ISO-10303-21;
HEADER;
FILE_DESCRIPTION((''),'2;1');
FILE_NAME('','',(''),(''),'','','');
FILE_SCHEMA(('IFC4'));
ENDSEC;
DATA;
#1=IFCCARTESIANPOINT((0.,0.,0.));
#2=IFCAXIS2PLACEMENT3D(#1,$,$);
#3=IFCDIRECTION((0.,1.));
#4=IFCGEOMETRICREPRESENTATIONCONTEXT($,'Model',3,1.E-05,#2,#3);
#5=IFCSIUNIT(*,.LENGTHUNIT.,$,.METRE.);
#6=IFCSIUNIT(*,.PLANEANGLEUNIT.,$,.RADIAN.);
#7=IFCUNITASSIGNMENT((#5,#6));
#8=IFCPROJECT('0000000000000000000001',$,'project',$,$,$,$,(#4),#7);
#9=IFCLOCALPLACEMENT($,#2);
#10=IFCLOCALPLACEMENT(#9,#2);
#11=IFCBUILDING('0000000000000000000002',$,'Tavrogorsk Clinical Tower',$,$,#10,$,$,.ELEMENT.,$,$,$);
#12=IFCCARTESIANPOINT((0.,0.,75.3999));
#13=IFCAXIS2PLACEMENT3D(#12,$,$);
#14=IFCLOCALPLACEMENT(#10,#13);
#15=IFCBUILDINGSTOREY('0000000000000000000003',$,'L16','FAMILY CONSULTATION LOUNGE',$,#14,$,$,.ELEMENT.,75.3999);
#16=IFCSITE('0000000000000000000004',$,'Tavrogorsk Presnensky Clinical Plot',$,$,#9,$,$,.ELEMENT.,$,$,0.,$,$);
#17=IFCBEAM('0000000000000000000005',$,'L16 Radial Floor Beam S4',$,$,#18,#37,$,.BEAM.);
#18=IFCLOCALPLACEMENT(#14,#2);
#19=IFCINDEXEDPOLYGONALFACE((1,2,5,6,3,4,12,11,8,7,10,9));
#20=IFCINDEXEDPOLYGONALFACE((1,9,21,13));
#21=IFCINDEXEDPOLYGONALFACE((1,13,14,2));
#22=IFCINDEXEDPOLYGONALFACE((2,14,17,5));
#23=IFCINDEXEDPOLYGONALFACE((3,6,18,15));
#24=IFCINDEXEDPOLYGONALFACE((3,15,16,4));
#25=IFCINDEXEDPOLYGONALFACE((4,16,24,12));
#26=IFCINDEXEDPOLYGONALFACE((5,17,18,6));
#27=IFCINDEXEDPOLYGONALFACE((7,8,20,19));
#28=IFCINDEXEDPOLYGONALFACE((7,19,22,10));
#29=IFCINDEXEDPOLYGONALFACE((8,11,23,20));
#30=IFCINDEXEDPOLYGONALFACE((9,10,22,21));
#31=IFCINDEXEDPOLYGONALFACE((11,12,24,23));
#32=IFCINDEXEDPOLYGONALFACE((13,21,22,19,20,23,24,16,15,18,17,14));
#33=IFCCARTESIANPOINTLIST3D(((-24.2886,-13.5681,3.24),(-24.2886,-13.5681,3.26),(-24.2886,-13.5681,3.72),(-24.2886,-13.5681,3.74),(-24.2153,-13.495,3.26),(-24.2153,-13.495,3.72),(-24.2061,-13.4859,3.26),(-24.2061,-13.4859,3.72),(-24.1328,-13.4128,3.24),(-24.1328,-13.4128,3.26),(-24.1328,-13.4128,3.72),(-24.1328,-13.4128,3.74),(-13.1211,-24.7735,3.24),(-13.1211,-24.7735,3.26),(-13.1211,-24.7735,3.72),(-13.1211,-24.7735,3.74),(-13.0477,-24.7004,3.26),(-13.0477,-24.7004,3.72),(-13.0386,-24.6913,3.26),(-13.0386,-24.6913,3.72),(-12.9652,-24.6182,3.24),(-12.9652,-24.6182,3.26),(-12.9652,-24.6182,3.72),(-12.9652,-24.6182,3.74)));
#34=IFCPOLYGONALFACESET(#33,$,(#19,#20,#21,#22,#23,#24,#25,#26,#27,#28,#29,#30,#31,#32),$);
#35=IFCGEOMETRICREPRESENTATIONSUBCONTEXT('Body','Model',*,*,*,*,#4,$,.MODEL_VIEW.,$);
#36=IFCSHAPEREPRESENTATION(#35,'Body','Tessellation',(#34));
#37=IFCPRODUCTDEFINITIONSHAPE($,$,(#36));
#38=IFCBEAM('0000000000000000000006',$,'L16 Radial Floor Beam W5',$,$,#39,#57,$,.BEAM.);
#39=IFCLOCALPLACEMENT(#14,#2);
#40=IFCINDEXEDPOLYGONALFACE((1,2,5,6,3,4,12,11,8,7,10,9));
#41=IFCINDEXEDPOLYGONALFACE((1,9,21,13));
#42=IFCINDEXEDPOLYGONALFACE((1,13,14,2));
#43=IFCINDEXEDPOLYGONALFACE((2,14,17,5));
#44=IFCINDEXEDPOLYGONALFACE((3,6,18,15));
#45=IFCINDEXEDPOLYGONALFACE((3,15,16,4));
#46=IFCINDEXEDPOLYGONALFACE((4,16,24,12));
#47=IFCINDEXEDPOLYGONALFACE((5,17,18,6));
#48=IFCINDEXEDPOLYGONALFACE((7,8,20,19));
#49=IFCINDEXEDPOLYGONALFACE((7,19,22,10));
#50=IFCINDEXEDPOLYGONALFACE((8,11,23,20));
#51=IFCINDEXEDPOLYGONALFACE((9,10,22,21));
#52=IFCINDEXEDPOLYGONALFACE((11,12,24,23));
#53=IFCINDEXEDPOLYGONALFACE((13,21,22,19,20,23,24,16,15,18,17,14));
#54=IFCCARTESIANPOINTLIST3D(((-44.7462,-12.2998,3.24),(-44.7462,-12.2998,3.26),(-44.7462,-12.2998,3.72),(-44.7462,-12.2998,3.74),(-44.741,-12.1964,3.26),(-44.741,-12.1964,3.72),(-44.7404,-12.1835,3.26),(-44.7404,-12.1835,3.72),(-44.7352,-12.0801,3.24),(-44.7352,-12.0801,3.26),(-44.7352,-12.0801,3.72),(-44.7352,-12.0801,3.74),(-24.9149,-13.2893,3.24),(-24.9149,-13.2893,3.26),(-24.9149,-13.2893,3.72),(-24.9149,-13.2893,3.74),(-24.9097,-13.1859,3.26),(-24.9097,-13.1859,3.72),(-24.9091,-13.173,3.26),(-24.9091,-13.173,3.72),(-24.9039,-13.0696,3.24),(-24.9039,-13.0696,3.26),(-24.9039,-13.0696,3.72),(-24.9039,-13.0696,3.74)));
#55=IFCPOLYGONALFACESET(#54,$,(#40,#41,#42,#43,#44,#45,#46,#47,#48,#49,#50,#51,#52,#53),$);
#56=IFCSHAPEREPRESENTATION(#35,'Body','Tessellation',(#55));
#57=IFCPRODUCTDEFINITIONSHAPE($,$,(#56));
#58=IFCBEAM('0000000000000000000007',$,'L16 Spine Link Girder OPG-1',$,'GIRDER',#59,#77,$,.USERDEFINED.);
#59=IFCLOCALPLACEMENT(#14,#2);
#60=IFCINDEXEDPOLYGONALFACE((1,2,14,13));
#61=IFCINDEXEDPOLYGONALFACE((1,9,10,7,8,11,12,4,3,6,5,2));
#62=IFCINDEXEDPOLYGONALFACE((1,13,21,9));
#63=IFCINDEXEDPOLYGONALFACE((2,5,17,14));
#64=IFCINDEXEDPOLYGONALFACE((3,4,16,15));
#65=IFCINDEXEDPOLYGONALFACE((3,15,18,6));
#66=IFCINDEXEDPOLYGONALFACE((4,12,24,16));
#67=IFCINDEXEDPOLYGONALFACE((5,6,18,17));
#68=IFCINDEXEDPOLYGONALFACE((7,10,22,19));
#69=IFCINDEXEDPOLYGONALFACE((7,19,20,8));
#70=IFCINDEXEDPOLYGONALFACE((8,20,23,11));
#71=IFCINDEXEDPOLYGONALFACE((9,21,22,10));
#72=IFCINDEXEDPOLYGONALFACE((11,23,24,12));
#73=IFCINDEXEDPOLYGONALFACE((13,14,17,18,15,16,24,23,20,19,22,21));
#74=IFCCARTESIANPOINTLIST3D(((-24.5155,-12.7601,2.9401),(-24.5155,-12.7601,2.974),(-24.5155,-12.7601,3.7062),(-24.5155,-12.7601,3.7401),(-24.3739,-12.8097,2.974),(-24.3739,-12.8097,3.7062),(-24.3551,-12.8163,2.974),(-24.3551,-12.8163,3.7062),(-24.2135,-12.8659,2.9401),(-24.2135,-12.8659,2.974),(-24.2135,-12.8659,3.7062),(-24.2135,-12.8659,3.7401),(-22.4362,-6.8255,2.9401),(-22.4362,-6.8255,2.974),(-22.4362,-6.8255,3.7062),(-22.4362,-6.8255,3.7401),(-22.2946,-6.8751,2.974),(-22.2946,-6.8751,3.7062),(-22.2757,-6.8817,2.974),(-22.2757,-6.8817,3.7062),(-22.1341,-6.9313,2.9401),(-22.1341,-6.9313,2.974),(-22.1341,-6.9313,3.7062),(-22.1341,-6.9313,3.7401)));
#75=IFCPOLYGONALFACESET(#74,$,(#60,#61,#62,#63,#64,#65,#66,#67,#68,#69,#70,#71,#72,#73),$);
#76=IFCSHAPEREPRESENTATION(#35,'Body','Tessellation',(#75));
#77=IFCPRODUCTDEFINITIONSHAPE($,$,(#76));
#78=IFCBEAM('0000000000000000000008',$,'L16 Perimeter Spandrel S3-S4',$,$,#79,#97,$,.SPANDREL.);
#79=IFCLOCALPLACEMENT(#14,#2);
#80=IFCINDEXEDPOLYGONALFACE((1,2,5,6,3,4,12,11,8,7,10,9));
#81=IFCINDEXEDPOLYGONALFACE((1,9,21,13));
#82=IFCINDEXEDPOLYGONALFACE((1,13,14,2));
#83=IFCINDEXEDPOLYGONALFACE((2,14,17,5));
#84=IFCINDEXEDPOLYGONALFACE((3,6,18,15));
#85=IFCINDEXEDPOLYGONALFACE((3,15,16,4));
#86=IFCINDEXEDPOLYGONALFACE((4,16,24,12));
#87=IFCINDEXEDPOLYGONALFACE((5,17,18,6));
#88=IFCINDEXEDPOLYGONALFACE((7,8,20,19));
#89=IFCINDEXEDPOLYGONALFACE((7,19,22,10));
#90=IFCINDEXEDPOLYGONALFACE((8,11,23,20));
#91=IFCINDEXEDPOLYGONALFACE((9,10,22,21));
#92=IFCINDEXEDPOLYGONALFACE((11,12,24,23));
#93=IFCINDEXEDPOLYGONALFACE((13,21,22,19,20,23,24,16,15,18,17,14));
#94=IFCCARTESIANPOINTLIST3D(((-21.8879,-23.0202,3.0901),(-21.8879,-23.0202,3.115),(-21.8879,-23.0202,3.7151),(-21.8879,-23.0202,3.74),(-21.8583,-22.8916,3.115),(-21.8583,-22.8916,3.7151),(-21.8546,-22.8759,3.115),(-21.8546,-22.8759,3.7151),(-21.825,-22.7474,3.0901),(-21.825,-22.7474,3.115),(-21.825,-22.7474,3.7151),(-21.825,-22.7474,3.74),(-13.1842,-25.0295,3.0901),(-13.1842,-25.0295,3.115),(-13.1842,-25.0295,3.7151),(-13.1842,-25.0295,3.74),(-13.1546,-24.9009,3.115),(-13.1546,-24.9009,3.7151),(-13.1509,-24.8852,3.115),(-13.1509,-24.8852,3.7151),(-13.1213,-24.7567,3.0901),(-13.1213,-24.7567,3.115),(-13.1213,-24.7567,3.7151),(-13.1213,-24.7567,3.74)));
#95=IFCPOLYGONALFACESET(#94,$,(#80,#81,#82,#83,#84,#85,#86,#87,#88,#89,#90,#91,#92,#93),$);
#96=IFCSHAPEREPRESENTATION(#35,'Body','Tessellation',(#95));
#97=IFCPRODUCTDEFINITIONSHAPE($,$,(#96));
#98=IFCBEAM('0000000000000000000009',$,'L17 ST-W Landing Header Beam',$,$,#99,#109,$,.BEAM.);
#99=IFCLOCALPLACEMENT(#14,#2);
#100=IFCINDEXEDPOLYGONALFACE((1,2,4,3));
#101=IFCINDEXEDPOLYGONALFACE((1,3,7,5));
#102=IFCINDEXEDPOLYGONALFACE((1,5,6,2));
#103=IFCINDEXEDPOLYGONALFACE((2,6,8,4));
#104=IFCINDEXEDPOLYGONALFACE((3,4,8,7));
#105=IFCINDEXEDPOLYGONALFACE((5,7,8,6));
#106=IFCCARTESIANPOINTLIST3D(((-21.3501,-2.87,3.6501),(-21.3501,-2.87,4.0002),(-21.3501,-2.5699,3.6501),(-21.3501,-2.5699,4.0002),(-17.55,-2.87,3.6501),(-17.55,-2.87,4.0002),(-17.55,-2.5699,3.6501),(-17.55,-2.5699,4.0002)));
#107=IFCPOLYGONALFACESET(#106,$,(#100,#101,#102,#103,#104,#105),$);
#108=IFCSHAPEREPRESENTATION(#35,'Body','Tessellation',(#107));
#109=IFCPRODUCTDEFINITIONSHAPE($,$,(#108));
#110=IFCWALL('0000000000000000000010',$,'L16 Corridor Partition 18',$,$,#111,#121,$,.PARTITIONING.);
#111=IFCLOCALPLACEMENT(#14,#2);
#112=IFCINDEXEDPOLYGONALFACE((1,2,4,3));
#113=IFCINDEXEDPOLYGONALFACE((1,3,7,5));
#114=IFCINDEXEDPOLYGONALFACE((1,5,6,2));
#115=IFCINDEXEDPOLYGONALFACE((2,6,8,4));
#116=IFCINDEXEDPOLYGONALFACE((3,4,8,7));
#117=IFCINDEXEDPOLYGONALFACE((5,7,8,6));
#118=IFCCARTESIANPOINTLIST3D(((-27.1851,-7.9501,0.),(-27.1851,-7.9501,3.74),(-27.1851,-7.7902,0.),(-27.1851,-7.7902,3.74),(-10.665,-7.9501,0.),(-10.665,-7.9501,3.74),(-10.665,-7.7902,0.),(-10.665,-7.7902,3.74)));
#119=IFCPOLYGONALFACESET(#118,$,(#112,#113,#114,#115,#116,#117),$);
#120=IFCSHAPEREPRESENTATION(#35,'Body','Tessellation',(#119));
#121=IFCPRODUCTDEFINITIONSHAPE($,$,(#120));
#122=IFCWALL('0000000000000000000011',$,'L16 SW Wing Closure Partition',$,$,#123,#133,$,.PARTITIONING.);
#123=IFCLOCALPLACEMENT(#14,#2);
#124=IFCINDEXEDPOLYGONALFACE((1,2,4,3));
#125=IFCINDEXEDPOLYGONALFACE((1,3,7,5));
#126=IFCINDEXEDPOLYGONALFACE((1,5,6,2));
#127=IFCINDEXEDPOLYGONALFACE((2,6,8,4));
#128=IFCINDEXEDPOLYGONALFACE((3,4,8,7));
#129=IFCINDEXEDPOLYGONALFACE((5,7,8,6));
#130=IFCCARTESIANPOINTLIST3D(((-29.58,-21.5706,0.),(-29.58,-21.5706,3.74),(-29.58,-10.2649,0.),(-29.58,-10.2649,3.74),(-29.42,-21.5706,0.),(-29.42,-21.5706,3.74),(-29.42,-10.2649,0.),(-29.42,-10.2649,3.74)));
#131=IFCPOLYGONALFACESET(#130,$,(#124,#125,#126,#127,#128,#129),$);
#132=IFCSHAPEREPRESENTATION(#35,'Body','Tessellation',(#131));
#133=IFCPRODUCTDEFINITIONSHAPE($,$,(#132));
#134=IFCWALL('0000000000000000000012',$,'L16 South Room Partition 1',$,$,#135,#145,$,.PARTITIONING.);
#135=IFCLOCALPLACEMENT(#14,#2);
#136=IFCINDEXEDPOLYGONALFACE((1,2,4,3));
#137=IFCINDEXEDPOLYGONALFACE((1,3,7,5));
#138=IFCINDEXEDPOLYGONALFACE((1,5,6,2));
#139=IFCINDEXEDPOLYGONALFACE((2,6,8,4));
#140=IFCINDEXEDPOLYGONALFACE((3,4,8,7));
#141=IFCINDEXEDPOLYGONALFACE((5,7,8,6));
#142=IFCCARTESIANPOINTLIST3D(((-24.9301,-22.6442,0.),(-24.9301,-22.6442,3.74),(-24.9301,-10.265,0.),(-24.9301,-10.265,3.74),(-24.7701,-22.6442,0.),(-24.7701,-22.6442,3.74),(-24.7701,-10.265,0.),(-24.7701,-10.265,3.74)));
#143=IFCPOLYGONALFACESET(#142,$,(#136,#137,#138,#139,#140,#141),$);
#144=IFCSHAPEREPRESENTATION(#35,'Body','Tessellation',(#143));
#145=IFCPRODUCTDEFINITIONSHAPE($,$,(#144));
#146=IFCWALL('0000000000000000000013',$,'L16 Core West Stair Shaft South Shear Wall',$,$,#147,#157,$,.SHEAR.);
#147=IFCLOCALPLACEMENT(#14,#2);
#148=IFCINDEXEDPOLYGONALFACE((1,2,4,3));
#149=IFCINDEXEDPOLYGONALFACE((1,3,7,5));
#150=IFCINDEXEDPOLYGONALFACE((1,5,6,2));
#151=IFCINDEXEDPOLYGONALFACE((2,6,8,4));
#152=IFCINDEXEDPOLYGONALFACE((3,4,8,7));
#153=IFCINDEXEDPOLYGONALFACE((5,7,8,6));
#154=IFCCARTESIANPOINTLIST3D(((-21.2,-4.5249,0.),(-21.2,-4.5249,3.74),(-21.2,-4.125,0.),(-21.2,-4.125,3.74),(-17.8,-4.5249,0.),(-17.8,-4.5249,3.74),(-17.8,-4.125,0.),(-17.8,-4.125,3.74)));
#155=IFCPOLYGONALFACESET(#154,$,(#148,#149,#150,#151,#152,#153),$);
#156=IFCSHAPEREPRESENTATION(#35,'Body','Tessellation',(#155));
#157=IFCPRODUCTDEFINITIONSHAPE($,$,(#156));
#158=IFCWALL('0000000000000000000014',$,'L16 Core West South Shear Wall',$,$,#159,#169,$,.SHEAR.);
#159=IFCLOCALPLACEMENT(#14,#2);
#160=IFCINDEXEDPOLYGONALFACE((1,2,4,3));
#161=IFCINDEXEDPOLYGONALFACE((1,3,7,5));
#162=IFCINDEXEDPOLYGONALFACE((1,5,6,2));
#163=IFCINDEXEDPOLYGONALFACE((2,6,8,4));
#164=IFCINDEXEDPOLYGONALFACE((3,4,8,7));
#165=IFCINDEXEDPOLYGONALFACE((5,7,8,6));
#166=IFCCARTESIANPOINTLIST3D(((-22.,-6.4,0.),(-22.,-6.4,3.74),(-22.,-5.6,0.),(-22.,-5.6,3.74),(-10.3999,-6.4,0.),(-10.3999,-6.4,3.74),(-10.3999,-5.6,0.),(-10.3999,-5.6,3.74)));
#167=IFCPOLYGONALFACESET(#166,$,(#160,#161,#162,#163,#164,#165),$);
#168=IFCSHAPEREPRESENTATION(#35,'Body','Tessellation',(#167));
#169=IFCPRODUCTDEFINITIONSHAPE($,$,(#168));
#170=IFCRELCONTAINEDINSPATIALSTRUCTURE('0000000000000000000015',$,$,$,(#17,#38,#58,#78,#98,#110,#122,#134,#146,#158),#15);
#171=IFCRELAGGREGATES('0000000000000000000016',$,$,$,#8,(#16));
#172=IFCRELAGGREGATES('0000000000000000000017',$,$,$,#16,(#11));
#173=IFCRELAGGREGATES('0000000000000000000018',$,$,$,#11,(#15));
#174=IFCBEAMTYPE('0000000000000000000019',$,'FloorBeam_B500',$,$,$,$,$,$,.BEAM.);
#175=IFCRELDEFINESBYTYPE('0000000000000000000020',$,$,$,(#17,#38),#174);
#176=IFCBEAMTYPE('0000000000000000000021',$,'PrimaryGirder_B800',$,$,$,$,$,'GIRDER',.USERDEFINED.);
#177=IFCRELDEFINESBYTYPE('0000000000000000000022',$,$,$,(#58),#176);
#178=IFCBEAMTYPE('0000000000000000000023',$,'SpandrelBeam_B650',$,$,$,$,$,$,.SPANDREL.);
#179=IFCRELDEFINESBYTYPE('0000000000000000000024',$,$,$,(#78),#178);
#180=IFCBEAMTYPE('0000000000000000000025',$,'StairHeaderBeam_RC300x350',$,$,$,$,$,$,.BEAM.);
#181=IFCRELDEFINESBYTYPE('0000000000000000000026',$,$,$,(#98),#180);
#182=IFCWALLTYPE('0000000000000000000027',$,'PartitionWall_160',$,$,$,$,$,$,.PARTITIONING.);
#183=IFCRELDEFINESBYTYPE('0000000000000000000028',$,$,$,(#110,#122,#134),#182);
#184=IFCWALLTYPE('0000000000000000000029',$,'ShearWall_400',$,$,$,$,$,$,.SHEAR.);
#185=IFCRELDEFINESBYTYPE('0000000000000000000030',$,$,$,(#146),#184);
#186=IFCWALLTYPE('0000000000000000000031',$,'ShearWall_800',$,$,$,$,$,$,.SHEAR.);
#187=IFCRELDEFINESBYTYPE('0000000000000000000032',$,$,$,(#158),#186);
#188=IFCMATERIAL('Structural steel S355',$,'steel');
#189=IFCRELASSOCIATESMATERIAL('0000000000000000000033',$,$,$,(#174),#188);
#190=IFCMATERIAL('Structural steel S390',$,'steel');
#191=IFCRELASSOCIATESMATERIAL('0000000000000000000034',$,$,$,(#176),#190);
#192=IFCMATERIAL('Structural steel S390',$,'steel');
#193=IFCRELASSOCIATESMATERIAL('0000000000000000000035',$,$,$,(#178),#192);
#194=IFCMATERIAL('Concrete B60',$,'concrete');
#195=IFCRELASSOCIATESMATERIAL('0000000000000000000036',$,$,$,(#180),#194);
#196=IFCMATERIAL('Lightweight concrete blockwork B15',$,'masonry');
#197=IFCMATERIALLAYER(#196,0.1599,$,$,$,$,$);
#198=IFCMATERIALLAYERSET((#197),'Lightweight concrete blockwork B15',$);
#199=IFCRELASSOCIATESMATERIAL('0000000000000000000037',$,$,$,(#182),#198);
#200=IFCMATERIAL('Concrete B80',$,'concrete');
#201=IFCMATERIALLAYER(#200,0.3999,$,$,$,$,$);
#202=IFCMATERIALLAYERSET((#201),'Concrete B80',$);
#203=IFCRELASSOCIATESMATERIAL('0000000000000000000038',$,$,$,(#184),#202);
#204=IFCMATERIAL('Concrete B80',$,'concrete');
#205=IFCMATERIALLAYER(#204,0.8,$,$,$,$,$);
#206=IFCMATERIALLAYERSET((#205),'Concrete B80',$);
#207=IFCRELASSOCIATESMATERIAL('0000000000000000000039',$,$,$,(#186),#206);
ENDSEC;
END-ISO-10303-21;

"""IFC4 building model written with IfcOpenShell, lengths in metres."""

from ifc_helpers import new_model, si_unit, direction, frame, frame_2d, origin, origin_2d, place, context, subcontext, project, spatial, rectangle, i_section, extrude, material, layer, layer_set, material_profile, profile_set, type_object, element, save


model = new_model("IFC4")

# Units and contexts
model_context = context("Model", 3, precision=1e-05, world=origin(), true_north=direction((0.0, 1.0)))
body_context = subcontext(model_context, "Body", "Model", "MODEL_VIEW")
ifc_project = project(units=[si_unit("LENGTHUNIT", "METRE"), si_unit("PLANEANGLEUNIT", "RADIAN")], contexts=[model_context])

# Site, building, storey
site_placement = place(None, origin())
site = spatial("IfcSite", under=ifc_project, at=site_placement, Name="Tavrogorsk Presnensky Clinical Plot", CompositionType="ELEMENT", RefElevation=0.0)
building_placement = place(site_placement, origin())
building = spatial("IfcBuilding", under=site, at=building_placement, Name="Tavrogorsk Clinical Tower", CompositionType="ELEMENT")
storey_placement = place(building_placement, frame((0.0, 0.0, 75.3999)))
storey = spatial("IfcBuildingStorey", under=building, at=storey_placement, Name="L16", Description="FAMILY CONSULTATION LOUNGE", CompositionType="ELEMENT", Elevation=75.3999)

# Beams
ifc_material_1 = material(Name="Structural steel S355", Category="steel")
ifc_material_profile_1 = material_profile(ifc_material_1, i_section(OverallWidth=0.22, OverallDepth=0.5, WebThickness=0.0129, FlangeThickness=0.02, at=origin_2d()), Name="B-500x220x13x20")
ifc_profile_set_1 = profile_set([ifc_material_profile_1], Name="Structural steel S355")
beam_type_1 = type_object("IfcBeamType", Name="FloorBeam_B500", PredefinedType="BEAM", material=ifc_profile_set_1)
beam_1_placement = place(storey_placement, frame((-24.2107, -13.4905, 3.49), z_axis=(0.70591, -0.708302, 0.0), x_axis=(0.708302, 0.70591, 0.0)))
element("IfcBeam", 1, at=beam_1_placement, inside=storey, type_object=beam_type_1, Name="L16 Radial Floor Beam S4", PredefinedType="BEAM", context=body_context, shape_type="SweptSolid", body=[
    extrude(i_section(OverallWidth=0.22, OverallDepth=0.5, WebThickness=0.0129, FlangeThickness=0.02, at=origin_2d()), origin(), (0.0, 0.0, 1.0), 15.8201),
])
beam_2_placement = place(storey_placement, frame((-24.9094, -13.1794, 3.49), z_axis=(-0.998758, 0.049834, 0.0), x_axis=(-0.049834, -0.998758, 0.0)))
element("IfcBeam", 2, at=beam_2_placement, inside=storey, type_object=beam_type_1, Name="L16 Radial Floor Beam W5", PredefinedType="BEAM", context=body_context, shape_type="SweptSolid", body=[
    extrude(i_section(OverallWidth=0.22, OverallDepth=0.5, WebThickness=0.0129, FlangeThickness=0.02, at=origin_2d()), origin(), (0.0, 0.0, 1.0), 19.856),
])
ifc_material_2 = material(Name="Structural steel S390", Category="steel")
ifc_material_profile_2 = material_profile(ifc_material_2, i_section(OverallWidth=0.3201, OverallDepth=0.8, WebThickness=0.02, FlangeThickness=0.0339, at=origin_2d()), Name="B-800x320x20x34")
ifc_profile_set_2 = profile_set([ifc_material_profile_2], Name="Structural steel S390")
beam_type_2 = type_object("IfcBeamType", Name="PrimaryGirder_B800", ElementType="GIRDER", PredefinedType="USERDEFINED", material=ifc_profile_set_2)
beam_3_placement = place(storey_placement, frame((-24.3645, -12.813, 3.3401), z_axis=(0.330669, 0.943747, 0.0), x_axis=(-0.943747, 0.330669, 0.0)))
element("IfcBeam", 3, at=beam_3_placement, inside=storey, type_object=beam_type_2, Name="L16 Spine Link Girder OPG-1", ObjectType="GIRDER", PredefinedType="USERDEFINED", context=body_context, shape_type="SweptSolid", body=[
    extrude(i_section(OverallWidth=0.3201, OverallDepth=0.8, WebThickness=0.02, FlangeThickness=0.0339, at=origin_2d()), origin(), (0.0, 0.0, 1.0), 6.2883),
])
ifc_material_3 = material(Name="Structural steel S390", Category="steel")
ifc_material_profile_3 = material_profile(ifc_material_3, i_section(OverallWidth=0.28, OverallDepth=0.6499, WebThickness=0.0161, FlangeThickness=0.0249, at=origin_2d()), Name="B-650x280x16x25")
ifc_profile_set_3 = profile_set([ifc_material_profile_3], Name="Structural steel S390")
beam_type_3 = type_object("IfcBeamType", Name="SpandrelBeam_B650", PredefinedType="SPANDREL", material=ifc_profile_set_3)
beam_4_placement = place(storey_placement, frame((-21.8564, -22.8838, 3.415), z_axis=(0.974373, -0.224939, 0.0), x_axis=(0.224939, 0.974373, 0.0)))
element("IfcBeam", 4, at=beam_4_placement, inside=storey, type_object=beam_type_3, Name="L16 Perimeter Spandrel S3-S4", PredefinedType="SPANDREL", context=body_context, shape_type="SweptSolid", body=[
    extrude(i_section(OverallWidth=0.28, OverallDepth=0.6499, WebThickness=0.0161, FlangeThickness=0.0249, at=origin_2d()), origin(), (0.0, 0.0, 1.0), 8.9326),
])
ifc_material_4 = material(Name="Concrete B60", Category="concrete")
ifc_material_profile_4 = material_profile(ifc_material_4, rectangle(XDim=0.3, YDim=0.3501, at=origin_2d()), Name="RC-SHB-300x350")
ifc_profile_set_4 = profile_set([ifc_material_profile_4], Name="Concrete B60")
beam_type_4 = type_object("IfcBeamType", Name="StairHeaderBeam_RC300x350", PredefinedType="BEAM", material=ifc_profile_set_4)
beam_5_placement = place(storey_placement, frame((-21.3501, -2.72, 3.8252), z_axis=(1.0, 0.0, 0.0), x_axis=(0.0, 1.0, 0.0)))
element("IfcBeam", 5, at=beam_5_placement, inside=storey, type_object=beam_type_4, Name="L17 ST-W Landing Header Beam", PredefinedType="BEAM", context=body_context, shape_type="SweptSolid", body=[
    extrude(rectangle(XDim=0.3, YDim=0.3501, at=origin_2d()), origin(), (0.0, 0.0, 1.0), 3.8),
])

# Walls
ifc_material_5 = material(Name="Lightweight concrete blockwork B15", Category="masonry")
ifc_layer_1 = layer(ifc_material_5, 0.1599)
ifc_layer_set_1 = layer_set([ifc_layer_1], Name="Lightweight concrete blockwork B15")
wall_type_1 = type_object("IfcWallType", Name="PartitionWall_160", PredefinedType="PARTITIONING", material=ifc_layer_set_1)
wall_1_placement = place(storey_placement, frame((-27.1851, -7.8701, 0.0), z_axis=(0.0, 0.0, 1.0), x_axis=(1.0, 0.0, 0.0)))
element("IfcWall", 6, at=wall_1_placement, inside=storey, type_object=wall_type_1, Name="L16 Corridor Partition 18", PredefinedType="PARTITIONING", context=body_context, shape_type="SweptSolid", body=[
    extrude(rectangle(XDim=16.52, YDim=0.1599, at=frame_2d((8.26, 0.0))), origin(), (0.0, 0.0, 1.0), 3.74),
])
wall_2_placement = place(storey_placement, frame((-29.5, -21.5706, 0.0), z_axis=(0.0, 0.0, 1.0), x_axis=(0.0, 1.0, 0.0)))
element("IfcWall", 7, at=wall_2_placement, inside=storey, type_object=wall_type_1, Name="L16 SW Wing Closure Partition", PredefinedType="PARTITIONING", context=body_context, shape_type="SweptSolid", body=[
    extrude(rectangle(XDim=11.3057, YDim=0.1599, at=frame_2d((5.6528, 0.0))), origin(), (0.0, 0.0, 1.0), 3.74),
])
wall_3_placement = place(storey_placement, frame((-24.8501, -22.644, 0.0), z_axis=(0.0, 0.0, 1.0), x_axis=(0.0, 1.0, 0.0)))
element("IfcWall", 8, at=wall_3_placement, inside=storey, type_object=wall_type_1, Name="L16 South Room Partition 1", PredefinedType="PARTITIONING", context=body_context, shape_type="SweptSolid", body=[
    extrude(rectangle(XDim=12.3792, YDim=0.1599, at=frame_2d((6.1895, 0.0))), origin(), (0.0, 0.0, 1.0), 3.74),
])
ifc_material_6 = material(Name="Concrete B80", Category="concrete")
ifc_layer_2 = layer(ifc_material_6, 0.3999)
ifc_layer_set_2 = layer_set([ifc_layer_2], Name="Concrete B80")
wall_type_2 = type_object("IfcWallType", Name="ShearWall_400", PredefinedType="SHEAR", material=ifc_layer_set_2)
wall_4_placement = place(storey_placement, frame((-21.2, -4.325, 0.0), z_axis=(0.0, 0.0, 1.0), x_axis=(1.0, 0.0, 0.0)))
element("IfcWall", 9, at=wall_4_placement, inside=storey, type_object=wall_type_2, Name="L16 Core West Stair Shaft South Shear Wall", PredefinedType="SHEAR", context=body_context, shape_type="SweptSolid", body=[
    extrude(rectangle(XDim=3.3999, YDim=0.3999, at=frame_2d((1.7, 0.0))), origin(), (0.0, 0.0, 1.0), 3.74),
])
ifc_material_7 = material(Name="Concrete B80", Category="concrete")
ifc_layer_3 = layer(ifc_material_7, 0.8)
ifc_layer_set_3 = layer_set([ifc_layer_3], Name="Concrete B80")
wall_type_3 = type_object("IfcWallType", Name="ShearWall_800", PredefinedType="SHEAR", material=ifc_layer_set_3)
wall_5_placement = place(storey_placement, frame((-22.0, -6.0, 0.0), z_axis=(0.0, 0.0, 1.0), x_axis=(1.0, 0.0, 0.0)))
element("IfcWall", 10, at=wall_5_placement, inside=storey, type_object=wall_type_3, Name="L16 Core West South Shear Wall", PredefinedType="SHEAR", context=body_context, shape_type="SweptSolid", body=[
    extrude(rectangle(XDim=11.6001, YDim=0.8, at=frame_2d((5.8, 0.0))), origin(), (0.0, 0.0, 1.0), 3.74),
])

save(model, "model.ifc")
